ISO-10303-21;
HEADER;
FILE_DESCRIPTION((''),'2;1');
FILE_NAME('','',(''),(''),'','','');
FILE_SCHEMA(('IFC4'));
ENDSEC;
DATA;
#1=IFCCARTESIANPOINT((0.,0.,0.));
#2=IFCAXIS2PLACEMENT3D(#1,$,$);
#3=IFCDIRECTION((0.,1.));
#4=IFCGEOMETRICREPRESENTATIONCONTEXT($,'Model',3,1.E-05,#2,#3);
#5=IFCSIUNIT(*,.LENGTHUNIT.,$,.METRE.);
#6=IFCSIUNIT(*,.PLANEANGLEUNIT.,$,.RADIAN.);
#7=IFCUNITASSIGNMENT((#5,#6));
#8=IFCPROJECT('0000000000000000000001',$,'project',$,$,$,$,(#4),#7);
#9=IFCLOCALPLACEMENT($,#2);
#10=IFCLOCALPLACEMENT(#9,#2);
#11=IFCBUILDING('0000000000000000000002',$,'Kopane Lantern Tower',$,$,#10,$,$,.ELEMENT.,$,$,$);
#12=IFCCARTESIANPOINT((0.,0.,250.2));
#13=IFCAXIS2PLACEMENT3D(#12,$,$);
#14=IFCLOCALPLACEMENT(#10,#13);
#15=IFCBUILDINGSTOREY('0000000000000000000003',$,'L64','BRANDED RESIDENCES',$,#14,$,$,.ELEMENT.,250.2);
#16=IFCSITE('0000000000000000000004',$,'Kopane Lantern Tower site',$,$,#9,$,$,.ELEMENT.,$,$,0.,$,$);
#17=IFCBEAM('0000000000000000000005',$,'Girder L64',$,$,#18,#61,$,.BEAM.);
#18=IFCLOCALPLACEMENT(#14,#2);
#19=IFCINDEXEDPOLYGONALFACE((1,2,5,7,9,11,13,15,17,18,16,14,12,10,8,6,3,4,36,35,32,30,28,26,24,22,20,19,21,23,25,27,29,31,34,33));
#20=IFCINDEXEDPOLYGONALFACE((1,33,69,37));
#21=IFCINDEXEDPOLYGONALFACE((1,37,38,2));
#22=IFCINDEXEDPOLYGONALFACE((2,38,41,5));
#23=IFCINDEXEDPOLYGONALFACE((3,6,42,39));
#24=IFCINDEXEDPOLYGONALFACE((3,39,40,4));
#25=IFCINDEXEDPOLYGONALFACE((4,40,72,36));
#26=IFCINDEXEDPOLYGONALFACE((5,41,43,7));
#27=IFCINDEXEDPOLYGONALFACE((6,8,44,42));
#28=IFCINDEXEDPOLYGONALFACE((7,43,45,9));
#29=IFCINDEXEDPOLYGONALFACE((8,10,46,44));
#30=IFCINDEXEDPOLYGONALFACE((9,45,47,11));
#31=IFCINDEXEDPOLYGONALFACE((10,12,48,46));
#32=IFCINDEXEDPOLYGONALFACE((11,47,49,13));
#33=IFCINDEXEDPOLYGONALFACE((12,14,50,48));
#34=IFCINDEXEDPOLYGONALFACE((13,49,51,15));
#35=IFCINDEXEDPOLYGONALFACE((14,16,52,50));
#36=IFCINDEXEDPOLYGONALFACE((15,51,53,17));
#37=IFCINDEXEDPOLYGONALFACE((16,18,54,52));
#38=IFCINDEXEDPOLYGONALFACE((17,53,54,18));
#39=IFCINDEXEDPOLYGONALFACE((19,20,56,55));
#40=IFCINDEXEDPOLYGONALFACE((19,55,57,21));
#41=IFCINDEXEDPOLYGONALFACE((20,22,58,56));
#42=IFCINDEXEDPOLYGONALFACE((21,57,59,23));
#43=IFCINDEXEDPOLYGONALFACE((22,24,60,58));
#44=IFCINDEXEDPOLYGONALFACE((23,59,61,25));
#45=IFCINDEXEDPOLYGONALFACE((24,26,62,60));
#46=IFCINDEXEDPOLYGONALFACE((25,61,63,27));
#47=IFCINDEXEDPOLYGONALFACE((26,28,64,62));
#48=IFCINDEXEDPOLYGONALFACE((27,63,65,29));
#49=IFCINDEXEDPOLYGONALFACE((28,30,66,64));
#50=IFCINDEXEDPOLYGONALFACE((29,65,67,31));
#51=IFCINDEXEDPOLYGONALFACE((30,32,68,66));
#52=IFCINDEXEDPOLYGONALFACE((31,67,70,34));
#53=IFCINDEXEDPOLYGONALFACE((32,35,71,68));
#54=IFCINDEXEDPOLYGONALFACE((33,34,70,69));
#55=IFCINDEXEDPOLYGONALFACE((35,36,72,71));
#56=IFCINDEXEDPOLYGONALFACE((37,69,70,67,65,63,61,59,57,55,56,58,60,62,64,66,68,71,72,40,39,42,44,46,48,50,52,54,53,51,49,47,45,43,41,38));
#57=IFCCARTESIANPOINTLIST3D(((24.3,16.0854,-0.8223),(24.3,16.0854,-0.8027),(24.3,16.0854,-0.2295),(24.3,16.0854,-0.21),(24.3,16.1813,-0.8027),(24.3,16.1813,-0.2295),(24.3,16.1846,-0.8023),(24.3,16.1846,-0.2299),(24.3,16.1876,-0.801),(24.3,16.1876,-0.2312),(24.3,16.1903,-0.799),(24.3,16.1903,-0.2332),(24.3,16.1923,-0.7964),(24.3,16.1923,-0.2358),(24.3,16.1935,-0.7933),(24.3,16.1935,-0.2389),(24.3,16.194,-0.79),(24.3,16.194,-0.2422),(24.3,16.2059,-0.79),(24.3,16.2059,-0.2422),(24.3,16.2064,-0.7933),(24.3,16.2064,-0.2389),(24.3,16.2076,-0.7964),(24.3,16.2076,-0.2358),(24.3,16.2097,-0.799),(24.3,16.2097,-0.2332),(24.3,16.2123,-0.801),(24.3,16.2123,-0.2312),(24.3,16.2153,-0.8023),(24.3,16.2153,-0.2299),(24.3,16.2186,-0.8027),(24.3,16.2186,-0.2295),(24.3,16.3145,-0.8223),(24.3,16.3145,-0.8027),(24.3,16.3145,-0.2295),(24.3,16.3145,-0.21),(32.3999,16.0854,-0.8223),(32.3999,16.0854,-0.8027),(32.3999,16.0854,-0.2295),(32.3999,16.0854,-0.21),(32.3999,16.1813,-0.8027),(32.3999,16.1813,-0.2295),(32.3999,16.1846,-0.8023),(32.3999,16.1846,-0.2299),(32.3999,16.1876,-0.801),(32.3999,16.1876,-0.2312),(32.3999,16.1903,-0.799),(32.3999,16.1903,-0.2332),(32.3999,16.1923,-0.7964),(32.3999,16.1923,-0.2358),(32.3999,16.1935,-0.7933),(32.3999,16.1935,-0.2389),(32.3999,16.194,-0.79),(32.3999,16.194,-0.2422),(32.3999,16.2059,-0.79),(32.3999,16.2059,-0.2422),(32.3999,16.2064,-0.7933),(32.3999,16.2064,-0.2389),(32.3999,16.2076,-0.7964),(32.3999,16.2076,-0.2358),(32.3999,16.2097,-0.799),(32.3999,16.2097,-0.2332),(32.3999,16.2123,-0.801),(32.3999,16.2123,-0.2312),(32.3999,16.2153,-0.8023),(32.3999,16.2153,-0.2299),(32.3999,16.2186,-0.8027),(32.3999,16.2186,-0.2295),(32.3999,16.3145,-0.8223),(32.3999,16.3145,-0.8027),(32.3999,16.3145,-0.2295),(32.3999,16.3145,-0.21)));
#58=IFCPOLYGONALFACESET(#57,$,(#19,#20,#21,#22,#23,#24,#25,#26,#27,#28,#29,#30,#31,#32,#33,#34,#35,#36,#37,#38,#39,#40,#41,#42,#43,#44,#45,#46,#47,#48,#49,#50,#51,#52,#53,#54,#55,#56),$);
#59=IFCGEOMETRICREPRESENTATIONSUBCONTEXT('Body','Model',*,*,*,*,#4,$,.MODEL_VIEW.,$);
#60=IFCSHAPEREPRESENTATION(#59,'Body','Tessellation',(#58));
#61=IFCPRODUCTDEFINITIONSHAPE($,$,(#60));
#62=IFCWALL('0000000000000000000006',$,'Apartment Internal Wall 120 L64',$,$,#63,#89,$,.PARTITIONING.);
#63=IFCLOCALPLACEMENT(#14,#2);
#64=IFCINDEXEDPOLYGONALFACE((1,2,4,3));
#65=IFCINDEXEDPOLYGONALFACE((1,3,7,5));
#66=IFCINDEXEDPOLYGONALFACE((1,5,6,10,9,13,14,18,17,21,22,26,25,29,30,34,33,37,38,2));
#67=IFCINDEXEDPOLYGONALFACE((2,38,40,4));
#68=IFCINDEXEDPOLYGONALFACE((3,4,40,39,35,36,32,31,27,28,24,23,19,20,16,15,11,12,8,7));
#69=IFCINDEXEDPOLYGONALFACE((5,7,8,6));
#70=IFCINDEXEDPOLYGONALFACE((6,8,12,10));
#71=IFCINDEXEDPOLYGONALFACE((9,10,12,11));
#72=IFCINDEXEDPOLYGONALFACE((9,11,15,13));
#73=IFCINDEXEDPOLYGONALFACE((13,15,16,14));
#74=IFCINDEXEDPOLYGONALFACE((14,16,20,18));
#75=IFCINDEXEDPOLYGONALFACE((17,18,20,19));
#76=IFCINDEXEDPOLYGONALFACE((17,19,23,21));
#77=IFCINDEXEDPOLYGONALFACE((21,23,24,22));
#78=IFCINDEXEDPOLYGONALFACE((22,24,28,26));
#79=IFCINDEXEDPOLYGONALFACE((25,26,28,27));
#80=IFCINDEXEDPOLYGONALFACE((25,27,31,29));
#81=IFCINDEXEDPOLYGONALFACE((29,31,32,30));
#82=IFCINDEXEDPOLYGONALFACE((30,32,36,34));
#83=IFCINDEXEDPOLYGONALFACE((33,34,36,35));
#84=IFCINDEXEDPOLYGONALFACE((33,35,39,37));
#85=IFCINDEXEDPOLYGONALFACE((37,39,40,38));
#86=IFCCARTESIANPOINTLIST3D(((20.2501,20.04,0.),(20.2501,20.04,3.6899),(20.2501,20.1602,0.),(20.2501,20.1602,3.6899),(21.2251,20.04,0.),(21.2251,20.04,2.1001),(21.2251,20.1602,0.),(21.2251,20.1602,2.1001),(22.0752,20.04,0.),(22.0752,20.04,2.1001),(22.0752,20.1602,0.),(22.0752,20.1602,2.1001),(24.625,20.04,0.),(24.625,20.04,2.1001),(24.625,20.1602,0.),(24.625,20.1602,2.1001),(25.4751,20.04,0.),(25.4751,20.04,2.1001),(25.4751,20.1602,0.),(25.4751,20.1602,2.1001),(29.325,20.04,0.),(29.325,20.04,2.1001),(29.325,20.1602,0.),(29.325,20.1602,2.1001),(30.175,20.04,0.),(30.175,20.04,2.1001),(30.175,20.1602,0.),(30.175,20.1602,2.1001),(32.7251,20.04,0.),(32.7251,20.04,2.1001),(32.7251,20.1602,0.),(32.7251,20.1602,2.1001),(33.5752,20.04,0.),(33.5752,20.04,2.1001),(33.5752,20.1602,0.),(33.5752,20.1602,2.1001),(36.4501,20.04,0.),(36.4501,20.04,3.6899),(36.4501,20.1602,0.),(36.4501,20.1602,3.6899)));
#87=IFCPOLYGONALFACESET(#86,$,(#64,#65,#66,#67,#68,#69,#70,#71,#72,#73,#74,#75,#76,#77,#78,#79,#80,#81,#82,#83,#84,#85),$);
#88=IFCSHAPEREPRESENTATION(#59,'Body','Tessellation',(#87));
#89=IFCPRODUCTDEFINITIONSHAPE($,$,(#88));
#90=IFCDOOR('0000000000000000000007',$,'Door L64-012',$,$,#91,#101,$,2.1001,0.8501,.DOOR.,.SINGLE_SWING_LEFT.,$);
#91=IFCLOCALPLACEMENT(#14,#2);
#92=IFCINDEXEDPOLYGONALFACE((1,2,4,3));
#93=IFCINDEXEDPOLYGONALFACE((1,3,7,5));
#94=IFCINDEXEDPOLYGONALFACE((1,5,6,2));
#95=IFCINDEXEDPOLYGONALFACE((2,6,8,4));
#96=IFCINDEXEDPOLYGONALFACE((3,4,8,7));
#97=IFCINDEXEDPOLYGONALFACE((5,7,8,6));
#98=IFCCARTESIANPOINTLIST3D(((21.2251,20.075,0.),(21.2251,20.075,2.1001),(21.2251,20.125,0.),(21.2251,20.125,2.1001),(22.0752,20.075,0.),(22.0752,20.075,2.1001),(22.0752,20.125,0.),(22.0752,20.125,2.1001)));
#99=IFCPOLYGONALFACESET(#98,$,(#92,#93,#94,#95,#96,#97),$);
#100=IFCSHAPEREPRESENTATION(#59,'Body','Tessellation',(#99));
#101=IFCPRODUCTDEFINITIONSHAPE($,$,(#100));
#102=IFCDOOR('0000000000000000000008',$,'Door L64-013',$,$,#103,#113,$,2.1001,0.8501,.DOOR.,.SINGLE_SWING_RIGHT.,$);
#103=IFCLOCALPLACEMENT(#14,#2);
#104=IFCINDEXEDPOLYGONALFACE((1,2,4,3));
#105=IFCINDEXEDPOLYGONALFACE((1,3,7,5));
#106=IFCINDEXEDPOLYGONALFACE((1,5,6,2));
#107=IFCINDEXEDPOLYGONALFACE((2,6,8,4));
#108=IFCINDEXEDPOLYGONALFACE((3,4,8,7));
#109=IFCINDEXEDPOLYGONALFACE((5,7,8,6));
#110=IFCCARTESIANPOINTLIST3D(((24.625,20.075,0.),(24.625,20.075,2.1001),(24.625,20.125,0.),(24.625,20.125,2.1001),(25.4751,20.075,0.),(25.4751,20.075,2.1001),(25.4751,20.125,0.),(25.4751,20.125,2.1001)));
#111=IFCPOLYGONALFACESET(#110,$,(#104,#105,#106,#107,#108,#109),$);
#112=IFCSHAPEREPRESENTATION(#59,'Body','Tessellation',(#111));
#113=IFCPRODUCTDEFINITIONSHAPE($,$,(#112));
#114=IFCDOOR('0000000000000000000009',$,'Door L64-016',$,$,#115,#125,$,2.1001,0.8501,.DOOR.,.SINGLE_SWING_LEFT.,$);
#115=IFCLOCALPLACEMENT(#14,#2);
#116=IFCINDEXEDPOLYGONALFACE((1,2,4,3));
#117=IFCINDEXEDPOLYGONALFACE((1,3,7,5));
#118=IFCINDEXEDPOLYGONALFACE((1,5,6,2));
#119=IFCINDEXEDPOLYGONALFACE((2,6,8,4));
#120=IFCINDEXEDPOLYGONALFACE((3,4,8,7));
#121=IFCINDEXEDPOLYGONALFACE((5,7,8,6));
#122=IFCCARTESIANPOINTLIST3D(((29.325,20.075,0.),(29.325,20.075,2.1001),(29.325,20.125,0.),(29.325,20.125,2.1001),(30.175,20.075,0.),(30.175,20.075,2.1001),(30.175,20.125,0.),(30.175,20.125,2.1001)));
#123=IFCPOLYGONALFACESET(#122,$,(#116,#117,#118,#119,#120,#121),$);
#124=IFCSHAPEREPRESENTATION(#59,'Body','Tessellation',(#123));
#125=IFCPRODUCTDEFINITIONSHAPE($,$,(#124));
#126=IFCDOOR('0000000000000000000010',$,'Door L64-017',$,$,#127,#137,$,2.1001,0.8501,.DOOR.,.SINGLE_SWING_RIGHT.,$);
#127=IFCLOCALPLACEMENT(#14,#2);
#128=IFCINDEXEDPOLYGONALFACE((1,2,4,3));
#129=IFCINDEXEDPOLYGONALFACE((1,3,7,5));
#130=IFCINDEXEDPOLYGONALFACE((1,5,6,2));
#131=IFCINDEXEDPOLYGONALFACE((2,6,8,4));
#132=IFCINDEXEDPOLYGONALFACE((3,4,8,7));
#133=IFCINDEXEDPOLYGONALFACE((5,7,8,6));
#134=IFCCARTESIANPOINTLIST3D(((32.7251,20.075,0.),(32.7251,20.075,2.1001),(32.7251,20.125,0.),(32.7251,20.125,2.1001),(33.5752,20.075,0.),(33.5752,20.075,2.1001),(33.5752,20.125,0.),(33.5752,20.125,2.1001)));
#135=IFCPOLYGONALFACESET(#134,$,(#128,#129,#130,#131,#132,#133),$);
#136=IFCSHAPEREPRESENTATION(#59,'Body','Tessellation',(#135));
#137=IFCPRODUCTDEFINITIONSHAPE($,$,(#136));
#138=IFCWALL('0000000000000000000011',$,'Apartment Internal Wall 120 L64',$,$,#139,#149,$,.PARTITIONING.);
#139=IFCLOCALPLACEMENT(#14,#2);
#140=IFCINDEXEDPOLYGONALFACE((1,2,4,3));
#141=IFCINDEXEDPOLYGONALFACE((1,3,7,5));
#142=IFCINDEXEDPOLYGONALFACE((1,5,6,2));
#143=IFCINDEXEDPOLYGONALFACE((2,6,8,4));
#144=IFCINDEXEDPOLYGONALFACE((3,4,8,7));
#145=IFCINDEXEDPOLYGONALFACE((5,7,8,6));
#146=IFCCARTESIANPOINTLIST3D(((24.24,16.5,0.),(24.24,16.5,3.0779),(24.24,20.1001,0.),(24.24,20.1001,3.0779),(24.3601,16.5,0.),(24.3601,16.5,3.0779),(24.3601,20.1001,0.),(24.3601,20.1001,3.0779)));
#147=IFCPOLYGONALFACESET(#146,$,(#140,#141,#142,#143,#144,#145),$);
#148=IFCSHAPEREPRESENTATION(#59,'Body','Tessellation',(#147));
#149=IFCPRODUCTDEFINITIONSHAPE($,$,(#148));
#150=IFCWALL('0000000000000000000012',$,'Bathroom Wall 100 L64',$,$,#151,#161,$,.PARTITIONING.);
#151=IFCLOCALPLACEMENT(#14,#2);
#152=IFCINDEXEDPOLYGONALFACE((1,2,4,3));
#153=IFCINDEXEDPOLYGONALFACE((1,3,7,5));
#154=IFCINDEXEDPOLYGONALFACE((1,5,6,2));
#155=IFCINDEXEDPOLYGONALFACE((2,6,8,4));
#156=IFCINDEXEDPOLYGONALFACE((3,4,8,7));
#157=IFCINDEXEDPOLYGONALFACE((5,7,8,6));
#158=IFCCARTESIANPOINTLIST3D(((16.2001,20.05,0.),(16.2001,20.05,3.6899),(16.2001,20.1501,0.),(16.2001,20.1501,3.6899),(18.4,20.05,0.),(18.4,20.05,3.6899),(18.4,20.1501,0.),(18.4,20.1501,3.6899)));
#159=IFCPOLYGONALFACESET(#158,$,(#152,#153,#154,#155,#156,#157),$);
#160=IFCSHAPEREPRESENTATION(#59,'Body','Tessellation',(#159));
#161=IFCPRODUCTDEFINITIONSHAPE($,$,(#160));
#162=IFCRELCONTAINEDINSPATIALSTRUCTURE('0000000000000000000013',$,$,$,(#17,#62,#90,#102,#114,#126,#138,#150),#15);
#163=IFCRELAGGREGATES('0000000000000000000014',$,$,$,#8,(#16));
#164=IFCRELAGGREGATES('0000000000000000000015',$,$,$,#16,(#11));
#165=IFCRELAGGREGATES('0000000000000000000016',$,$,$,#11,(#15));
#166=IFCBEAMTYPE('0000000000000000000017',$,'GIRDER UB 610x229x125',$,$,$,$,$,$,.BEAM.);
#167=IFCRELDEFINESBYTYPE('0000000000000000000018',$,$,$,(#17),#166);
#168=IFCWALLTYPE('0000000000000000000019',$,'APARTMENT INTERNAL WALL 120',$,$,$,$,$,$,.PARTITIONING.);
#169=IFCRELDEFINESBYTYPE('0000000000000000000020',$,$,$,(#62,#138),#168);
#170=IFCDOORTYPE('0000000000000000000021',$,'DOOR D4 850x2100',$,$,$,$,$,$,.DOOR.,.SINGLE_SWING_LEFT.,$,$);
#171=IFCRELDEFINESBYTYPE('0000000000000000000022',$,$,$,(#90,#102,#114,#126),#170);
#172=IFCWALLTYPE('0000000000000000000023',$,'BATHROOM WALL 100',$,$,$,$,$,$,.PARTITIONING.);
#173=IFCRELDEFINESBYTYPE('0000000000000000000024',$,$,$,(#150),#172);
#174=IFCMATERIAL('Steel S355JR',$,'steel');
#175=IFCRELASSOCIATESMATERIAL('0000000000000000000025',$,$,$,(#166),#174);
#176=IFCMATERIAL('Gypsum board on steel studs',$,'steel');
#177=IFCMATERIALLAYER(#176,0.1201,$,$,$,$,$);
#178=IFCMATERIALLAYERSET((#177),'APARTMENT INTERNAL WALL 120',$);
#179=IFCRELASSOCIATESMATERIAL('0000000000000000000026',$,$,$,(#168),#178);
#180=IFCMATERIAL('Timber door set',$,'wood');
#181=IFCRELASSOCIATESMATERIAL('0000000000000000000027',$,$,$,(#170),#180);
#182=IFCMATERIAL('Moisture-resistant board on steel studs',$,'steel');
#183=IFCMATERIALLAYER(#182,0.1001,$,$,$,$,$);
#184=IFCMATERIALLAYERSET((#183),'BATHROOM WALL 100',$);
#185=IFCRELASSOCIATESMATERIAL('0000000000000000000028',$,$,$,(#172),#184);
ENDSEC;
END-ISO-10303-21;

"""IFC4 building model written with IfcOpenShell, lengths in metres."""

from ifc_helpers import new_model, si_unit, direction, frame, frame_2d, origin, origin_2d, place, context, subcontext, project, spatial, rectangle, i_section, extrude, material, layer, layer_set, material_profile, profile_set, type_object, element, fill, save


model = new_model("IFC4")

# Units and contexts
model_context = context("Model", 3, precision=1e-05, world=origin(), true_north=direction((0.0, 1.0)))
body_context = subcontext(model_context, "Body", "Model", "MODEL_VIEW")
ifc_project = project(units=[si_unit("LENGTHUNIT", "METRE"), si_unit("PLANEANGLEUNIT", "RADIAN")], contexts=[model_context])

# Site, building, storey
site_placement = place(None, origin())
site = spatial("IfcSite", under=ifc_project, at=site_placement, Name="Kopane Lantern Tower site", CompositionType="ELEMENT", RefElevation=0.0)
building_placement = place(site_placement, origin())
building = spatial("IfcBuilding", under=site, at=building_placement, Name="Kopane Lantern Tower", CompositionType="ELEMENT")
storey_placement = place(building_placement, frame((0.0, 0.0, 250.2)))
storey = spatial("IfcBuildingStorey", under=building, at=storey_placement, Name="L64", Description="BRANDED RESIDENCES", CompositionType="ELEMENT", Elevation=250.2)

# Beam
ifc_material_1 = material(Name="Steel S355JR", Category="steel")
ifc_material_profile_1 = material_profile(ifc_material_1, i_section(OverallWidth=0.229, OverallDepth=0.6123, WebThickness=0.012, FlangeThickness=0.0195, FilletRadius=0.0127, at=origin_2d()), Name="UB 610x229x125")
ifc_profile_set_1 = profile_set([ifc_material_profile_1], Name="Steel S355JR")
beam_type = type_object("IfcBeamType", Name="GIRDER UB 610x229x125", PredefinedType="BEAM", material=ifc_profile_set_1)
beam_placement = place(storey_placement, frame((24.3, 16.2, -0.5161), z_axis=(1.0, 0.0, 0.0), x_axis=(0.0, 1.0, 0.0)))
element("IfcBeam", 1, at=beam_placement, inside=storey, type_object=beam_type, Name="Girder L64", PredefinedType="BEAM", context=body_context, shape_type="SweptSolid", body=[
    extrude(i_section(OverallWidth=0.229, OverallDepth=0.6123, WebThickness=0.012, FlangeThickness=0.0195, FilletRadius=0.0127, at=origin_2d()), origin(), (0.0, 0.0, 1.0), 8.0999),
])

# Wall, openings, doors
ifc_material_2 = material(Name="Gypsum board on steel studs", Category="steel")
ifc_layer_1 = layer(ifc_material_2, 0.1201)
ifc_layer_set_1 = layer_set([ifc_layer_1], Name="APARTMENT INTERNAL WALL 120")
wall_type_1 = type_object("IfcWallType", Name="APARTMENT INTERNAL WALL 120", PredefinedType="PARTITIONING", material=ifc_layer_set_1)
wall_1_placement = place(storey_placement, frame((20.25, 20.1001, 0.0), z_axis=(0.0, 0.0, 1.0), x_axis=(1.0, 0.0, 0.0)))
wall_1 = element("IfcWall", 2, at=wall_1_placement, inside=storey, type_object=wall_type_1, Name="Apartment Internal Wall 120 L64", PredefinedType="PARTITIONING", context=body_context, shape_type="SweptSolid", body=[
    extrude(rectangle(XDim=16.2, YDim=0.1201, at=frame_2d((8.1001, 0.0))), origin(), (0.0, 0.0, 1.0), 3.6899),
])
opening_1_placement = place(wall_1_placement, frame((0.9751, 0.0, 0.0)))
opening_1 = element("IfcOpeningElement", 3, at=opening_1_placement, cuts=wall_1, PredefinedType="OPENING", context=body_context, shape_type="SweptSolid", body=[
    extrude(rectangle(XDim=0.8501, YDim=2.1001, at=frame_2d((0.425, 1.05))), frame((0.0, 0.0701, 0.0), z_axis=(0.0, -1.0, 0.0), x_axis=(1.0, 0.0, 0.0)), (0.0, 0.0, 1.0), 0.1401),
])
opening_2_placement = place(wall_1_placement, frame((4.375, 0.0, 0.0)))
opening_2 = element("IfcOpeningElement", 4, at=opening_2_placement, cuts=wall_1, PredefinedType="OPENING", context=body_context, shape_type="SweptSolid", body=[
    extrude(rectangle(XDim=0.8501, YDim=2.1001, at=frame_2d((0.425, 1.05))), frame((0.0, 0.0701, 0.0), z_axis=(0.0, -1.0, 0.0), x_axis=(1.0, 0.0, 0.0)), (0.0, 0.0, 1.0), 0.1401),
])
opening_3_placement = place(wall_1_placement, frame((9.075, 0.0, 0.0)))
opening_3 = element("IfcOpeningElement", 5, at=opening_3_placement, cuts=wall_1, PredefinedType="OPENING", context=body_context, shape_type="SweptSolid", body=[
    extrude(rectangle(XDim=0.8501, YDim=2.1001, at=frame_2d((0.425, 1.05))), frame((0.0, 0.0701, 0.0), z_axis=(0.0, -1.0, 0.0), x_axis=(1.0, 0.0, 0.0)), (0.0, 0.0, 1.0), 0.1401),
])
opening_4_placement = place(wall_1_placement, frame((12.4751, 0.0, 0.0)))
opening_4 = element("IfcOpeningElement", 6, at=opening_4_placement, cuts=wall_1, PredefinedType="OPENING", context=body_context, shape_type="SweptSolid", body=[
    extrude(rectangle(XDim=0.8501, YDim=2.1001, at=frame_2d((0.425, 1.05))), frame((0.0, 0.0701, 0.0), z_axis=(0.0, -1.0, 0.0), x_axis=(1.0, 0.0, 0.0)), (0.0, 0.0, 1.0), 0.1401),
])
ifc_material_3 = material(Name="Timber door set", Category="wood")
door_type_1 = type_object("IfcDoorType", Name="DOOR D4 850x2100", OperationType="SINGLE_SWING_LEFT", PredefinedType="DOOR", material=ifc_material_3)
door_1_placement = place(opening_1_placement, origin())
door_1 = element("IfcDoor", 7, at=door_1_placement, inside=storey, type_object=door_type_1, Name="Door L64-012", OperationType="SINGLE_SWING_LEFT", OverallHeight=2.1001, OverallWidth=0.8501, PredefinedType="DOOR", context=body_context, shape_type="SweptSolid", body=[
    extrude(rectangle(XDim=0.8501, YDim=2.1001, at=frame_2d((0.425, 1.05))), frame((0.0, 0.0249, 0.0), z_axis=(0.0, -1.0, 0.0), x_axis=(1.0, 0.0, 0.0)), (0.0, 0.0, 1.0), 0.05),
])
fill(opening_1, door_1)
door_2_placement = place(opening_2_placement, origin())
door_2 = element("IfcDoor", 8, at=door_2_placement, inside=storey, type_object=door_type_1, Name="Door L64-013", OperationType="SINGLE_SWING_RIGHT", OverallHeight=2.1001, OverallWidth=0.8501, PredefinedType="DOOR", context=body_context, shape_type="SweptSolid", body=[
    extrude(rectangle(XDim=0.8501, YDim=2.1001, at=frame_2d((0.425, 1.05))), frame((0.0, 0.0249, 0.0), z_axis=(0.0, -1.0, 0.0), x_axis=(1.0, 0.0, 0.0)), (0.0, 0.0, 1.0), 0.05),
])
fill(opening_2, door_2)
door_3_placement = place(opening_3_placement, origin())
door_3 = element("IfcDoor", 9, at=door_3_placement, inside=storey, type_object=door_type_1, Name="Door L64-016", OperationType="SINGLE_SWING_LEFT", OverallHeight=2.1001, OverallWidth=0.8501, PredefinedType="DOOR", context=body_context, shape_type="SweptSolid", body=[
    extrude(rectangle(XDim=0.8501, YDim=2.1001, at=frame_2d((0.425, 1.05))), frame((0.0, 0.0249, 0.0), z_axis=(0.0, -1.0, 0.0), x_axis=(1.0, 0.0, 0.0)), (0.0, 0.0, 1.0), 0.05),
])
fill(opening_3, door_3)
door_4_placement = place(opening_4_placement, origin())
door_4 = element("IfcDoor", 10, at=door_4_placement, inside=storey, type_object=door_type_1, Name="Door L64-017", OperationType="SINGLE_SWING_RIGHT", OverallHeight=2.1001, OverallWidth=0.8501, PredefinedType="DOOR", context=body_context, shape_type="SweptSolid", body=[
    extrude(rectangle(XDim=0.8501, YDim=2.1001, at=frame_2d((0.425, 1.05))), frame((0.0, 0.0249, 0.0), z_axis=(0.0, -1.0, 0.0), x_axis=(1.0, 0.0, 0.0)), (0.0, 0.0, 1.0), 0.05),
])
fill(opening_4, door_4)

# Walls
wall_2_placement = place(storey_placement, frame((24.3, 20.1001, 0.0), z_axis=(0.0, 0.0, 1.0), x_axis=(0.0, -1.0, 0.0)))
element("IfcWall", 11, at=wall_2_placement, inside=storey, type_object=wall_type_1, Name="Apartment Internal Wall 120 L64", PredefinedType="PARTITIONING", context=body_context, shape_type="SweptSolid", body=[
    extrude(rectangle(XDim=3.6001, YDim=0.1201, at=frame_2d((1.8, 0.0))), origin(), (0.0, 0.0, 1.0), 3.0779),
])
ifc_material_4 = material(Name="Moisture-resistant board on steel studs", Category="steel")
ifc_layer_2 = layer(ifc_material_4, 0.1001)
ifc_layer_set_2 = layer_set([ifc_layer_2], Name="BATHROOM WALL 100")
wall_type_2 = type_object("IfcWallType", Name="BATHROOM WALL 100", PredefinedType="PARTITIONING", material=ifc_layer_set_2)
wall_3_placement = place(storey_placement, frame((16.2, 20.1001, 0.0), z_axis=(0.0, 0.0, 1.0), x_axis=(1.0, 0.0, 0.0)))
element("IfcWall", 12, at=wall_3_placement, inside=storey, type_object=wall_type_2, Name="Bathroom Wall 100 L64", PredefinedType="PARTITIONING", context=body_context, shape_type="SweptSolid", body=[
    extrude(rectangle(XDim=2.2, YDim=0.1001, at=frame_2d((1.1001, 0.0))), origin(), (0.0, 0.0, 1.0), 3.6899),
])

save(model, "model.ifc")
